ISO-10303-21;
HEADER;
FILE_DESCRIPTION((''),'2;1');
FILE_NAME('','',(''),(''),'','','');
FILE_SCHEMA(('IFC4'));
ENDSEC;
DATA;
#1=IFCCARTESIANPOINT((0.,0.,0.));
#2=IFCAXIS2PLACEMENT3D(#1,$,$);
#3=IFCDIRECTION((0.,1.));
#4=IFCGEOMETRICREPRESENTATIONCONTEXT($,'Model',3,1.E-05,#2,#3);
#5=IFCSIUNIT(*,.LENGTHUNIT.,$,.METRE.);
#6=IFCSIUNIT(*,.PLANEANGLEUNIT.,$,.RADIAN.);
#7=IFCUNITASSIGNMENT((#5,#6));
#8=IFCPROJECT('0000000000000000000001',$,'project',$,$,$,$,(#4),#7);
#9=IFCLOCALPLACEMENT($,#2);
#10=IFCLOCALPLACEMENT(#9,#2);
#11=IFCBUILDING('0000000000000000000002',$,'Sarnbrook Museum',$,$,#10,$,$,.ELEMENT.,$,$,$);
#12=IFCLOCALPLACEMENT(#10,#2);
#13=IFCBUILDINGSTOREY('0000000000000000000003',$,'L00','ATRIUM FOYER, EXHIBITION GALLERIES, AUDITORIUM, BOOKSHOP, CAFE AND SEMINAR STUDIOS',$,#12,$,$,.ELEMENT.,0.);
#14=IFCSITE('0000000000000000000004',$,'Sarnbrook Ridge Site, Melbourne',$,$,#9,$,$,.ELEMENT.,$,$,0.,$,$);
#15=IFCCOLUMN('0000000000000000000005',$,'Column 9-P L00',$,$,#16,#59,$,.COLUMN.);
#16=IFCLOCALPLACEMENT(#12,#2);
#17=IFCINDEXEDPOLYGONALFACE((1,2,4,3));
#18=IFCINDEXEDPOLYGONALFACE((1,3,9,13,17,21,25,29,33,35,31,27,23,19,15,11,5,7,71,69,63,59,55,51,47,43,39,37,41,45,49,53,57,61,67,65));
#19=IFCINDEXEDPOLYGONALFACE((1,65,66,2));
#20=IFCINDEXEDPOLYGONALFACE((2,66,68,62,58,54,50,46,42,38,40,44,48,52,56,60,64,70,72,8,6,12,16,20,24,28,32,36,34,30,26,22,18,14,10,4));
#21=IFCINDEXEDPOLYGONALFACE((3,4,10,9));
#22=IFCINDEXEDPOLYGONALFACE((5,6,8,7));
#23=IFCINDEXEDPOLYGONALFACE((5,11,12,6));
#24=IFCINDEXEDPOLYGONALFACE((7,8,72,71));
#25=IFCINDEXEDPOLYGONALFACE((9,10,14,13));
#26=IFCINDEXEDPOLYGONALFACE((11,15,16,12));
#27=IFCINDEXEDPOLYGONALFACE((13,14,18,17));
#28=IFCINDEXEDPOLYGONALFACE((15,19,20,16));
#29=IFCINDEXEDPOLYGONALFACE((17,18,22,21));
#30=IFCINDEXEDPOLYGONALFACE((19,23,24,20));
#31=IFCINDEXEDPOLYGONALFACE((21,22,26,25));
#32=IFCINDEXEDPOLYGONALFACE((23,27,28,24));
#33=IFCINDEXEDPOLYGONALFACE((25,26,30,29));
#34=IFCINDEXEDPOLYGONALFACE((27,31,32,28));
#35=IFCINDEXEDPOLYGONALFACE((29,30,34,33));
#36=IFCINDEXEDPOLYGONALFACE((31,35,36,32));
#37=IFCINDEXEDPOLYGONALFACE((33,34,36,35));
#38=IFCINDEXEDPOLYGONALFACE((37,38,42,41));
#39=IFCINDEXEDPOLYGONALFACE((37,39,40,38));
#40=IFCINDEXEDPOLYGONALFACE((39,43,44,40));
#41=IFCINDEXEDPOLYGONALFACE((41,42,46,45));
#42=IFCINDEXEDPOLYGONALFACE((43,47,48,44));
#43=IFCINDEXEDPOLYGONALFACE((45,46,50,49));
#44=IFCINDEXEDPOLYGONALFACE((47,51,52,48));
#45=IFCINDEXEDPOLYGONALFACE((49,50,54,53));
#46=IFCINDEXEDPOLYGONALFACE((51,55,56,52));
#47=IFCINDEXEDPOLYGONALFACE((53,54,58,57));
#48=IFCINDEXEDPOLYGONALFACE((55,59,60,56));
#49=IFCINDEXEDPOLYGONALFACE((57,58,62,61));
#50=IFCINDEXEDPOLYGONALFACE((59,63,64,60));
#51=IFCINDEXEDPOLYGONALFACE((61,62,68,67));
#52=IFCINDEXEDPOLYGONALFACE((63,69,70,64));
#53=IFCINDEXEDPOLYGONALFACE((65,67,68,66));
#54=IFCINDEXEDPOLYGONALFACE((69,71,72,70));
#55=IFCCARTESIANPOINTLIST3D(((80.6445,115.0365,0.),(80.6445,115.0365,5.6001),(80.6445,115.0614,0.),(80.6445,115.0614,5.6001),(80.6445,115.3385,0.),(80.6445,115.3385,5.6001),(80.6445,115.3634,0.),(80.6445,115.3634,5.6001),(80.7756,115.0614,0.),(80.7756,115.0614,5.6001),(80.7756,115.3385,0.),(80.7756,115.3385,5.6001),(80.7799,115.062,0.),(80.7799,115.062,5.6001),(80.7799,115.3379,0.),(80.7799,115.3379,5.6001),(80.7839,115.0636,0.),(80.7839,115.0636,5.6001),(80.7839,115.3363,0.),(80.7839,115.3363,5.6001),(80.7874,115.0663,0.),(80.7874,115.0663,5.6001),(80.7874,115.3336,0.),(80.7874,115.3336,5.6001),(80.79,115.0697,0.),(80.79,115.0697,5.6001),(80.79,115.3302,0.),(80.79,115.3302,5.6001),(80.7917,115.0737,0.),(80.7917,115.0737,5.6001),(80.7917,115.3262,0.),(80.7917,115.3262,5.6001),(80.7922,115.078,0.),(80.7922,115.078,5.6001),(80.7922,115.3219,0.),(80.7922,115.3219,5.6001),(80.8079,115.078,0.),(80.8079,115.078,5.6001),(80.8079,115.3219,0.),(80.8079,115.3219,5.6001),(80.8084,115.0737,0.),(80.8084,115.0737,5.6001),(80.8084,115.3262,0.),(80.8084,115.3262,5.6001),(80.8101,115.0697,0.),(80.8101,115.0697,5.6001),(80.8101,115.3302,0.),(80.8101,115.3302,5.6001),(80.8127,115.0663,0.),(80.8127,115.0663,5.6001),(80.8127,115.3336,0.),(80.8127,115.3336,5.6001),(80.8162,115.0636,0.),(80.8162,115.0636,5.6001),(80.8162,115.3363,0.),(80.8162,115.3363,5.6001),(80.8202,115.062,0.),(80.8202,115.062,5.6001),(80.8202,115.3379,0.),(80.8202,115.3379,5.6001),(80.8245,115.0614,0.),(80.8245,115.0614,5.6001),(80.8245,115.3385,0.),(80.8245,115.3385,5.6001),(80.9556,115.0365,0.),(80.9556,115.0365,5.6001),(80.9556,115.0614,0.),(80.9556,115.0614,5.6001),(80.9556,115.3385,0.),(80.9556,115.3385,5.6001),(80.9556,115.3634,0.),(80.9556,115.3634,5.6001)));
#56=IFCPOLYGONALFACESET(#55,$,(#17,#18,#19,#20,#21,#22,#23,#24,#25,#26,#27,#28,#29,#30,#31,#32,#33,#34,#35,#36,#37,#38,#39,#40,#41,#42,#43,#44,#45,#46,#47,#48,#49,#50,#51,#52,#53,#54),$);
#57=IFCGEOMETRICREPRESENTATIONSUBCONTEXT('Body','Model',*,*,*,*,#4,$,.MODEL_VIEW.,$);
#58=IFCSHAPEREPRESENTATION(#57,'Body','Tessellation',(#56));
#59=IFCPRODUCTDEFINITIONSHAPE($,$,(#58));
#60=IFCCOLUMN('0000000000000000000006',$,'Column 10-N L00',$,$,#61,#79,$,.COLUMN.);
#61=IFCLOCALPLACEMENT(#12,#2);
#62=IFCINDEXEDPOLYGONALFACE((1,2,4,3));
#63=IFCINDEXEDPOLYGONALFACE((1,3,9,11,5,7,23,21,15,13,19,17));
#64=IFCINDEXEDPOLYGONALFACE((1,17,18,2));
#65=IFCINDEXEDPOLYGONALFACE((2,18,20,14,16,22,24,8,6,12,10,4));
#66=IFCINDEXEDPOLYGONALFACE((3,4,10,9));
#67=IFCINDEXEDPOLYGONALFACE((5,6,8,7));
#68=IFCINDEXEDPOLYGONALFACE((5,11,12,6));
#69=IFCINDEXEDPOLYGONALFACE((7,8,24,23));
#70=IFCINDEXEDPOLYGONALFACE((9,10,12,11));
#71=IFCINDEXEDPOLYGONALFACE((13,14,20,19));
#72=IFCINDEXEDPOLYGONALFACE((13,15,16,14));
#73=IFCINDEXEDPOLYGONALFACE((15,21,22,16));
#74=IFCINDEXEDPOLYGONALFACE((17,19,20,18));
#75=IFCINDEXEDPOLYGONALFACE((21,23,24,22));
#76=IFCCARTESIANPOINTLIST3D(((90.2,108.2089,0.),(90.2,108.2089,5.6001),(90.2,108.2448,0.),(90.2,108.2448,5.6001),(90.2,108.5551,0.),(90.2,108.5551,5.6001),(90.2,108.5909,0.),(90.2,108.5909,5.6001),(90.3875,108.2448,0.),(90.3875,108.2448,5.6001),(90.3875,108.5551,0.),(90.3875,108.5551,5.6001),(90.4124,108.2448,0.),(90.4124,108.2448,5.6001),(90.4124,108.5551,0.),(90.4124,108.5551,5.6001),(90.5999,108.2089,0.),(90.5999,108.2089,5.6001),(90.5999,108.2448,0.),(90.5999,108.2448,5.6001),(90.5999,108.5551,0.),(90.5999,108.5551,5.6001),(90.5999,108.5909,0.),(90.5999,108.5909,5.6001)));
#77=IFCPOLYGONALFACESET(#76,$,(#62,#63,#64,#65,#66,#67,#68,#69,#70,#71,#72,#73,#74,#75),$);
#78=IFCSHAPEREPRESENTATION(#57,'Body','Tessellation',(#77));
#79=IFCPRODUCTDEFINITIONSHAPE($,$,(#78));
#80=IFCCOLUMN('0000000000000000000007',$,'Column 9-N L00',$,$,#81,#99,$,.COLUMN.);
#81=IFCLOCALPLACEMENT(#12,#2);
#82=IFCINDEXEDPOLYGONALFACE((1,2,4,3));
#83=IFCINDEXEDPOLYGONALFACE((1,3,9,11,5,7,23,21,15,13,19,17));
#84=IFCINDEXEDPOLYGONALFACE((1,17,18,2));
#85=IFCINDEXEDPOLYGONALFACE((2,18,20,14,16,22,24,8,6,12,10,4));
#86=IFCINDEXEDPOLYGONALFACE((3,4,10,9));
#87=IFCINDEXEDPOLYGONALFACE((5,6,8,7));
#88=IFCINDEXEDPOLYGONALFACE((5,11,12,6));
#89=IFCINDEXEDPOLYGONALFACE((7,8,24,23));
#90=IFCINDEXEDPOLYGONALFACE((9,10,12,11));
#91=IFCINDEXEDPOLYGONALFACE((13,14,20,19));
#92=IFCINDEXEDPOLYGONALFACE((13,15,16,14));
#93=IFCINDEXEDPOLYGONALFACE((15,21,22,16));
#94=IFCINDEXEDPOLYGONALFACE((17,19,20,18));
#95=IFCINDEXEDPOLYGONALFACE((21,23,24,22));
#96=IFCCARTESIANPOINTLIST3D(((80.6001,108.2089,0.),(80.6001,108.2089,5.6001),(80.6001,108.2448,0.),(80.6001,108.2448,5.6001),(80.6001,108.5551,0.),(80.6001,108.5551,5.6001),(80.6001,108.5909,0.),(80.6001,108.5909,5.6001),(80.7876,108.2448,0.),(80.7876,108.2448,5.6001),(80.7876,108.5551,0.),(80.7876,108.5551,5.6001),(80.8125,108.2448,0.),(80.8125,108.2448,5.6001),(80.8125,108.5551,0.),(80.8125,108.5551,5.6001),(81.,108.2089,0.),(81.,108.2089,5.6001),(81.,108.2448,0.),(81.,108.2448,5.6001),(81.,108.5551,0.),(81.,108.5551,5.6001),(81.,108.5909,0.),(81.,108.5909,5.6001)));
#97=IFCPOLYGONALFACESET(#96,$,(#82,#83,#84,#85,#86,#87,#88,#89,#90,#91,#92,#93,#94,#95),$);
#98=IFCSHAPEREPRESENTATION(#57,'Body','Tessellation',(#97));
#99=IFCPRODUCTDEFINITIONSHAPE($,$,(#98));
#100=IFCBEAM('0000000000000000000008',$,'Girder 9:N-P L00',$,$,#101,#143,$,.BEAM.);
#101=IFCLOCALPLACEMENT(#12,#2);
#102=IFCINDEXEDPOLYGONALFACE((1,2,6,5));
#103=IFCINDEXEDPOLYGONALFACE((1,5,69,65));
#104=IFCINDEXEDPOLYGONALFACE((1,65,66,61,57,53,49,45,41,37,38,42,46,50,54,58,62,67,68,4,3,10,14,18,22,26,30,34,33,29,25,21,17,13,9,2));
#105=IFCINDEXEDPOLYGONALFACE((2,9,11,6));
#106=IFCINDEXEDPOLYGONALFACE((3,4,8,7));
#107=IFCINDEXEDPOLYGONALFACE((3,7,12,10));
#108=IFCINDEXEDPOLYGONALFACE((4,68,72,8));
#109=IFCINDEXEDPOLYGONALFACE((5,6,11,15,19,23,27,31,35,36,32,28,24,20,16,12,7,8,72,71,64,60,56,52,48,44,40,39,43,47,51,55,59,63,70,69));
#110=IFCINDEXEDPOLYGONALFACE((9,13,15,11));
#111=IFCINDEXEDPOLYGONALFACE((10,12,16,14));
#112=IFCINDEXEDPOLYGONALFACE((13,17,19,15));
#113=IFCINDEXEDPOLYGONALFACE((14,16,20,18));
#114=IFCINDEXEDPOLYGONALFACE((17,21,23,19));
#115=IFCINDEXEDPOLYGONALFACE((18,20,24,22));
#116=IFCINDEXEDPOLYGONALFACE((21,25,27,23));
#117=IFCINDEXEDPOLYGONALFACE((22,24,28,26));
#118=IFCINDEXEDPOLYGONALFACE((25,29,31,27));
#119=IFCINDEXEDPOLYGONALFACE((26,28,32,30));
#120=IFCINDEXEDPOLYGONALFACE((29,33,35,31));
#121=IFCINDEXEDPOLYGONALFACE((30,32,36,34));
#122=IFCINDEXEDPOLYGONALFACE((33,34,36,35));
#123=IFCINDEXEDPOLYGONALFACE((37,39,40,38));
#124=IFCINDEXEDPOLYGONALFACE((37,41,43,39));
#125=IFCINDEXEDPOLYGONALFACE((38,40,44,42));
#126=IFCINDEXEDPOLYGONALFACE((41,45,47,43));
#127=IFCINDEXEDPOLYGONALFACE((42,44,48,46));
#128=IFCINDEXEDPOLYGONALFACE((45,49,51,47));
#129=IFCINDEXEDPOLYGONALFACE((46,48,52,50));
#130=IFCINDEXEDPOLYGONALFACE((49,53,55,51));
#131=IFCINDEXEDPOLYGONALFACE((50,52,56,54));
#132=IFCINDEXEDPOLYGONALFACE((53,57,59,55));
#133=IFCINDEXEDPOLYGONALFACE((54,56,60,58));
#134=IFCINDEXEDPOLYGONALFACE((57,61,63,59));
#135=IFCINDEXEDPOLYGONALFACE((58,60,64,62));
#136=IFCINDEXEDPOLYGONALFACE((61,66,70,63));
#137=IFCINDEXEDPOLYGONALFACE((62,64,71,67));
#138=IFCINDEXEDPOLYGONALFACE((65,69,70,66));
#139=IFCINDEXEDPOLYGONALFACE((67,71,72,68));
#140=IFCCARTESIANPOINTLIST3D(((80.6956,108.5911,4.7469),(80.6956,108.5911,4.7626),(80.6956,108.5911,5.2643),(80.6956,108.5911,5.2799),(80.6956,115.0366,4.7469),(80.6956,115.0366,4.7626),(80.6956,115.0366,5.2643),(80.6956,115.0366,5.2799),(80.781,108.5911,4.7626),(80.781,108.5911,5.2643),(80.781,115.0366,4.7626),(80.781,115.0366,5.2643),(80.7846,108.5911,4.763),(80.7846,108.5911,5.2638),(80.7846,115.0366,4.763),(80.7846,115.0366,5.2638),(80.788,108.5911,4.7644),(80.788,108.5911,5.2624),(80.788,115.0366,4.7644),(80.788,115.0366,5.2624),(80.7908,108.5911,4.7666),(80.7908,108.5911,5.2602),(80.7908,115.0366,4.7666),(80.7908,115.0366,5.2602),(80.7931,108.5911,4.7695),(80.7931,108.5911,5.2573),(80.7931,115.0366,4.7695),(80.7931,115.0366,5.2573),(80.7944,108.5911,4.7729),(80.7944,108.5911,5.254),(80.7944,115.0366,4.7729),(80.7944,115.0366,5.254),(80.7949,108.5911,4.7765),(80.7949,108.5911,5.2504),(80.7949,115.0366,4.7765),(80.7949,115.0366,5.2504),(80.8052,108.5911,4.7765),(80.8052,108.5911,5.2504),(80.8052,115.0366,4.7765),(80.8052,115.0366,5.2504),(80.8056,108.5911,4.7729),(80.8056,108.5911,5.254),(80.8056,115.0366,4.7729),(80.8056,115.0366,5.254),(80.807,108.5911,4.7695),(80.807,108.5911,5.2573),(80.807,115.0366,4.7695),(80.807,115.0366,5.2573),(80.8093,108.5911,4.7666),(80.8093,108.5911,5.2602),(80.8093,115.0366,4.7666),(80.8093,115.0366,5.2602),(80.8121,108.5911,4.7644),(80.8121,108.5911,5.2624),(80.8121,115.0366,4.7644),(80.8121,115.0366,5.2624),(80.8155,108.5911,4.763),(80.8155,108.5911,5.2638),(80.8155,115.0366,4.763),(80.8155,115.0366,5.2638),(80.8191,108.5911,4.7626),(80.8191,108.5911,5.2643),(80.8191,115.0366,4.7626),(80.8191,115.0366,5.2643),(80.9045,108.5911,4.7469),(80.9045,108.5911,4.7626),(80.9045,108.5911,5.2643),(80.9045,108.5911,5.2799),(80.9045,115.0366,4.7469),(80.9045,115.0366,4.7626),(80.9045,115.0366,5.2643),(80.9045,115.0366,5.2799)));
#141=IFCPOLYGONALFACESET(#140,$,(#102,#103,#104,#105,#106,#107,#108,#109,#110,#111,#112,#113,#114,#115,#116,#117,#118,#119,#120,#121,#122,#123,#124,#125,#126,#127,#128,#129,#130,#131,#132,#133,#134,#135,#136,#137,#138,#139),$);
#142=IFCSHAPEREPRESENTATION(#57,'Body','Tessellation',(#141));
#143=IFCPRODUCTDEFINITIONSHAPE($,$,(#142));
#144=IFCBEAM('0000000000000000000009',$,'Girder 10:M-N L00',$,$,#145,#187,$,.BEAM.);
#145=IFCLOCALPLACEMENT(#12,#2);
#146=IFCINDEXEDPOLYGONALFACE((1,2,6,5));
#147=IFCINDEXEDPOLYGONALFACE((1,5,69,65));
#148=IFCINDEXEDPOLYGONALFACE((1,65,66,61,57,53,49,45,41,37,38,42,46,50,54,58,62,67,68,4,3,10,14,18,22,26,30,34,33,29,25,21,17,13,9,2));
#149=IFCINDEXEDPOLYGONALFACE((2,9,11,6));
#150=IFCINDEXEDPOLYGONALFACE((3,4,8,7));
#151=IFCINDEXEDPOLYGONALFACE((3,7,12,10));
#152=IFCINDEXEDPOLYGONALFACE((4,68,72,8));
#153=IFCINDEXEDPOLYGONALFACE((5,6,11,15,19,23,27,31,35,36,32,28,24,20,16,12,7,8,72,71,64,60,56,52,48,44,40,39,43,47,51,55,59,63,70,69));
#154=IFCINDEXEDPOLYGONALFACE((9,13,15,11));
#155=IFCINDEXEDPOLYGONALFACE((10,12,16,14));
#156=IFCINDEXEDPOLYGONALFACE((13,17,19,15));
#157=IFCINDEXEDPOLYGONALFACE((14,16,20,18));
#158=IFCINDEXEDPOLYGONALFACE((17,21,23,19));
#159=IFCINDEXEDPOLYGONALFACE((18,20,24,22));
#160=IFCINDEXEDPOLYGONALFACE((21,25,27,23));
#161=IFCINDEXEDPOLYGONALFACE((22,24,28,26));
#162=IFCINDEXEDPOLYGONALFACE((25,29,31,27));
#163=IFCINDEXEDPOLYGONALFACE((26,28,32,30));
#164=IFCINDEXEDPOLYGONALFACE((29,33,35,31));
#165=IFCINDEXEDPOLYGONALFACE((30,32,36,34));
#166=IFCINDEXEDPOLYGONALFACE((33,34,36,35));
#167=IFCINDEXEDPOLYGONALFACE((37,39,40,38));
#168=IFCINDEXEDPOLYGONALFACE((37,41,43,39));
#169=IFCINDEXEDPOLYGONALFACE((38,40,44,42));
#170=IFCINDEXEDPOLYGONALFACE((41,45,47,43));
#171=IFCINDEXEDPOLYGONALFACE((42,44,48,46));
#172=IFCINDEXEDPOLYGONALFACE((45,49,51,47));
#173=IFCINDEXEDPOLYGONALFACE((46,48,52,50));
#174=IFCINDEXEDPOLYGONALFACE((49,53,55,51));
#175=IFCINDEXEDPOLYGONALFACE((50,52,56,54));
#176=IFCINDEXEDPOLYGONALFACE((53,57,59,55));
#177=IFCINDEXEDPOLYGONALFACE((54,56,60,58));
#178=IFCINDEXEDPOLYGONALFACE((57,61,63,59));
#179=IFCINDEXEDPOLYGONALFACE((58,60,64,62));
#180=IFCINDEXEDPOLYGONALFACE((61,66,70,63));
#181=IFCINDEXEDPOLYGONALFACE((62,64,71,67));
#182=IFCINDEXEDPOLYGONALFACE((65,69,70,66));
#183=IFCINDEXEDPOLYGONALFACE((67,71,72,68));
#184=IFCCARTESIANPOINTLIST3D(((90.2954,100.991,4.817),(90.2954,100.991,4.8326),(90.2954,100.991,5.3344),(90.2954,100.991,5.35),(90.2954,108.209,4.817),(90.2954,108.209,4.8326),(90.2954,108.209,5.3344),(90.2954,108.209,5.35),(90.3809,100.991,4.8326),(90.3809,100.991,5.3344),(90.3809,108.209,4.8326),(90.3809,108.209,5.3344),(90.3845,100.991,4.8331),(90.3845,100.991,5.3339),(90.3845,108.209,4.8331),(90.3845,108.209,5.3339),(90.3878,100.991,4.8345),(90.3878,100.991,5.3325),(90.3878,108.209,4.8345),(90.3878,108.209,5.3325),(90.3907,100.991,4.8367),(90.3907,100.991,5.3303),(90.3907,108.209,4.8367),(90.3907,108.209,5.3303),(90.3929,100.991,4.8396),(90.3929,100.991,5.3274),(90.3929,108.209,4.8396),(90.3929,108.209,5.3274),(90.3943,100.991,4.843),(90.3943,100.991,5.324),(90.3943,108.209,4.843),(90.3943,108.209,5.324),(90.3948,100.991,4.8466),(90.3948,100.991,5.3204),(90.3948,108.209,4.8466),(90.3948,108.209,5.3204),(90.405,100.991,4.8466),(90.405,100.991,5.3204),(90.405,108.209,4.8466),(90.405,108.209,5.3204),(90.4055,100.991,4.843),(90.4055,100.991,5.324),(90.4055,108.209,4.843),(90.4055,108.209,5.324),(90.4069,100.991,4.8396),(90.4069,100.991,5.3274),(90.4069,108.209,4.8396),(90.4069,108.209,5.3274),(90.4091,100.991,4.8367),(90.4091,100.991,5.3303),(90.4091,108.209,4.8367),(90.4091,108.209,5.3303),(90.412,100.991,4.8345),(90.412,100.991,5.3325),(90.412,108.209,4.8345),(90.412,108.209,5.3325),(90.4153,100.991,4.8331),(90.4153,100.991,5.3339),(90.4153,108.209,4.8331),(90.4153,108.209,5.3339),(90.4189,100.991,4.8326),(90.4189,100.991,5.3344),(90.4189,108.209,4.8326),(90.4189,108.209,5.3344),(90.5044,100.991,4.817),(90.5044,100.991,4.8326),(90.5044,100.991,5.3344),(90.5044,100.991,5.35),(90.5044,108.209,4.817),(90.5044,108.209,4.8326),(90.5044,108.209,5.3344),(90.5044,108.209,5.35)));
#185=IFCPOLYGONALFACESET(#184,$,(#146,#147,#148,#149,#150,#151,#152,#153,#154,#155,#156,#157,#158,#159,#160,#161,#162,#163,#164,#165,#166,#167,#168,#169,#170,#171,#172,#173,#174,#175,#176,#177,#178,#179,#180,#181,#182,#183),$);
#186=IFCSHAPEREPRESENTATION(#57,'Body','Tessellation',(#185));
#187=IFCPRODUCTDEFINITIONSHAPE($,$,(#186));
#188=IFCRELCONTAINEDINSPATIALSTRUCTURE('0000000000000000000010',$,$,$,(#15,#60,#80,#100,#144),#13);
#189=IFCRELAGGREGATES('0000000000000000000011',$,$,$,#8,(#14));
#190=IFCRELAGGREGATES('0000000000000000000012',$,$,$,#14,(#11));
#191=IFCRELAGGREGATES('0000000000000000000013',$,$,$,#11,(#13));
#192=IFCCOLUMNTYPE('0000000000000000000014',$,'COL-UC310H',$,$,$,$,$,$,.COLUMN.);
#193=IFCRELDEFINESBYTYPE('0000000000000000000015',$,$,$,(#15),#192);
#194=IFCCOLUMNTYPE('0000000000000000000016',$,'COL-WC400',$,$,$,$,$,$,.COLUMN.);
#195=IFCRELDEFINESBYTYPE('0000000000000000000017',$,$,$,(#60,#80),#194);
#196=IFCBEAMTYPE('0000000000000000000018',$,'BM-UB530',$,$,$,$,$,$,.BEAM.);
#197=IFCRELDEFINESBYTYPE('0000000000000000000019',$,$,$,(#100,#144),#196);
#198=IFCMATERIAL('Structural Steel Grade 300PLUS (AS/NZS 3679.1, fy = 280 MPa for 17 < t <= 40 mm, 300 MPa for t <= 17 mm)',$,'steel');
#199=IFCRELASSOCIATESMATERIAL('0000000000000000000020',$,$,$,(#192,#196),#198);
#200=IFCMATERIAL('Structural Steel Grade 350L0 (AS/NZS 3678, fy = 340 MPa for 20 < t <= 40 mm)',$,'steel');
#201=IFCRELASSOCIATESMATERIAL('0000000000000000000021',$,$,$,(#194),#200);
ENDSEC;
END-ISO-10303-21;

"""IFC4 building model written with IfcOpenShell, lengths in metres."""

from ifc_helpers import new_model, si_unit, direction, frame, origin, origin_2d, place, context, subcontext, project, spatial, i_section, extrude, material, material_profile, profile_set, type_object, element, save


model = new_model("IFC4")

# Units and contexts
model_context = context("Model", 3, precision=1e-05, world=origin(), true_north=direction((0.0, 1.0)))
body_context = subcontext(model_context, "Body", "Model", "MODEL_VIEW")
ifc_project = project(units=[si_unit("LENGTHUNIT", "METRE"), si_unit("PLANEANGLEUNIT", "RADIAN")], contexts=[model_context])

# Site, building, storey
site_placement = place(None, origin())
site = spatial("IfcSite", under=ifc_project, at=site_placement, Name="Sarnbrook Ridge Site, Melbourne", CompositionType="ELEMENT", RefElevation=0.0)
building_placement = place(site_placement, origin())
building = spatial("IfcBuilding", under=site, at=building_placement, Name="Sarnbrook Museum", CompositionType="ELEMENT")
storey_placement = place(building_placement, origin())
storey = spatial("IfcBuildingStorey", under=building, at=storey_placement, Name="L00", Description="ATRIUM FOYER, EXHIBITION GALLERIES, AUDITORIUM, BOOKSHOP, CAFE AND SEMINAR STUDIOS", CompositionType="ELEMENT", Elevation=0.0)

# Columns
ifc_material_1 = material(Name="Structural Steel Grade 300PLUS (AS/NZS 3679.1, fy = 280 MPa for 17 < t <= 40 mm, 300 MPa for t <= 17 mm)", Category="steel")
ifc_material_profile_1 = material_profile(ifc_material_1, i_section(OverallWidth=0.311, OverallDepth=0.3269, WebThickness=0.0156, FlangeThickness=0.0249, FilletRadius=0.0166, at=origin_2d()), Name="310UC158")
ifc_profile_set_1 = profile_set([ifc_material_profile_1], Name="Structural Steel Grade 300PLUS (AS/NZS 3679.1, fy = 280 MPa for 17 < t <= 40 mm, 300 MPa for t <= 17 mm)")
column_type_1 = type_object("IfcColumnType", Name="COL-UC310H", PredefinedType="COLUMN", material=ifc_profile_set_1)
column_placement = place(storey_placement, frame((80.8, 115.2, 0.0), z_axis=(0.0, 0.0, 1.0), x_axis=(1.0, 0.0, 0.0)))
element("IfcColumn", 1, at=column_placement, inside=storey, type_object=column_type_1, Name="Column 9-P L00", PredefinedType="COLUMN", context=body_context, shape_type="SweptSolid", body=[
    extrude(i_section(OverallWidth=0.311, OverallDepth=0.3269, WebThickness=0.0156, FlangeThickness=0.0249, FilletRadius=0.0166, at=origin_2d()), origin(), (0.0, 0.0, 1.0), 5.6001),
])
ifc_material_2 = material(Name="Structural Steel Grade 350L0 (AS/NZS 3678, fy = 340 MPa for 20 < t <= 40 mm)", Category="steel")
ifc_material_profile_2 = material_profile(ifc_material_2, i_section(OverallWidth=0.3999, OverallDepth=0.3821, WebThickness=0.0249, FlangeThickness=0.0359, at=origin_2d()), Name="400WC270")
ifc_profile_set_2 = profile_set([ifc_material_profile_2], Name="Structural Steel Grade 350L0 (AS/NZS 3678, fy = 340 MPa for 20 < t <= 40 mm)")
column_type_2 = type_object("IfcColumnType", Name="COL-WC400", PredefinedType="COLUMN", material=ifc_profile_set_2)
for number, where, z_axis, x_axis, name in (
    (2, (90.3999, 108.3999, 0.0), (0.0, 0.0, 1.0), (1.0, 0.0, 0.0), "Column 10-N L00"),
    (3, (80.8, 108.3999, 0.0), (0.0, 0.0, 1.0), (1.0, 0.0, 0.0), "Column 9-N L00"),
):
    element("IfcColumn", number, at=place(storey_placement, frame(where, z_axis=z_axis, x_axis=x_axis)), inside=storey, type_object=column_type_2, Name=name, PredefinedType="COLUMN", context=body_context, shape_type="SweptSolid", body=[
        extrude(i_section(OverallWidth=0.3999, OverallDepth=0.3821, WebThickness=0.0249, FlangeThickness=0.0359, at=origin_2d()), origin(), (0.0, 0.0, 1.0), 5.6001),
    ])

# Beams
ifc_material_profile_3 = material_profile(ifc_material_1, i_section(OverallWidth=0.209, OverallDepth=0.533, WebThickness=0.0103, FlangeThickness=0.0156, FilletRadius=0.0139, at=origin_2d()), Name="530UB92.4")
ifc_profile_set_3 = profile_set([ifc_material_profile_3], Name="Structural Steel Grade 300PLUS (AS/NZS 3679.1, fy = 280 MPa for 17 < t <= 40 mm, 300 MPa for t <= 17 mm)")
beam_type_1 = type_object("IfcBeamType", Name="BM-UB530", PredefinedType="BEAM", material=ifc_profile_set_3)
beam_1_placement = place(storey_placement, frame((80.8, 108.5911, 5.0134), z_axis=(0.0, 1.0, 0.0), x_axis=(-1.0, 0.0, 0.0)))
element("IfcBeam", 4, at=beam_1_placement, inside=storey, type_object=beam_type_1, Name="Girder 9:N-P L00", PredefinedType="BEAM", context=body_context, shape_type="SweptSolid", body=[
    extrude(i_section(OverallWidth=0.209, OverallDepth=0.533, WebThickness=0.0103, FlangeThickness=0.0156, FilletRadius=0.0139, at=origin_2d()), origin(), (0.0, 0.0, 1.0), 6.4456),
])
beam_2_placement = place(storey_placement, frame((90.3999, 100.991, 5.0835), z_axis=(0.0, 1.0, 0.0), x_axis=(-1.0, 0.0, 0.0)))
element("IfcBeam", 5, at=beam_2_placement, inside=storey, type_object=beam_type_1, Name="Girder 10:M-N L00", PredefinedType="BEAM", context=body_context, shape_type="SweptSolid", body=[
    extrude(i_section(OverallWidth=0.209, OverallDepth=0.533, WebThickness=0.0103, FlangeThickness=0.0156, FilletRadius=0.0139, at=origin_2d()), origin(), (0.0, 0.0, 1.0), 7.218),
])

save(model, "model.ifc")
